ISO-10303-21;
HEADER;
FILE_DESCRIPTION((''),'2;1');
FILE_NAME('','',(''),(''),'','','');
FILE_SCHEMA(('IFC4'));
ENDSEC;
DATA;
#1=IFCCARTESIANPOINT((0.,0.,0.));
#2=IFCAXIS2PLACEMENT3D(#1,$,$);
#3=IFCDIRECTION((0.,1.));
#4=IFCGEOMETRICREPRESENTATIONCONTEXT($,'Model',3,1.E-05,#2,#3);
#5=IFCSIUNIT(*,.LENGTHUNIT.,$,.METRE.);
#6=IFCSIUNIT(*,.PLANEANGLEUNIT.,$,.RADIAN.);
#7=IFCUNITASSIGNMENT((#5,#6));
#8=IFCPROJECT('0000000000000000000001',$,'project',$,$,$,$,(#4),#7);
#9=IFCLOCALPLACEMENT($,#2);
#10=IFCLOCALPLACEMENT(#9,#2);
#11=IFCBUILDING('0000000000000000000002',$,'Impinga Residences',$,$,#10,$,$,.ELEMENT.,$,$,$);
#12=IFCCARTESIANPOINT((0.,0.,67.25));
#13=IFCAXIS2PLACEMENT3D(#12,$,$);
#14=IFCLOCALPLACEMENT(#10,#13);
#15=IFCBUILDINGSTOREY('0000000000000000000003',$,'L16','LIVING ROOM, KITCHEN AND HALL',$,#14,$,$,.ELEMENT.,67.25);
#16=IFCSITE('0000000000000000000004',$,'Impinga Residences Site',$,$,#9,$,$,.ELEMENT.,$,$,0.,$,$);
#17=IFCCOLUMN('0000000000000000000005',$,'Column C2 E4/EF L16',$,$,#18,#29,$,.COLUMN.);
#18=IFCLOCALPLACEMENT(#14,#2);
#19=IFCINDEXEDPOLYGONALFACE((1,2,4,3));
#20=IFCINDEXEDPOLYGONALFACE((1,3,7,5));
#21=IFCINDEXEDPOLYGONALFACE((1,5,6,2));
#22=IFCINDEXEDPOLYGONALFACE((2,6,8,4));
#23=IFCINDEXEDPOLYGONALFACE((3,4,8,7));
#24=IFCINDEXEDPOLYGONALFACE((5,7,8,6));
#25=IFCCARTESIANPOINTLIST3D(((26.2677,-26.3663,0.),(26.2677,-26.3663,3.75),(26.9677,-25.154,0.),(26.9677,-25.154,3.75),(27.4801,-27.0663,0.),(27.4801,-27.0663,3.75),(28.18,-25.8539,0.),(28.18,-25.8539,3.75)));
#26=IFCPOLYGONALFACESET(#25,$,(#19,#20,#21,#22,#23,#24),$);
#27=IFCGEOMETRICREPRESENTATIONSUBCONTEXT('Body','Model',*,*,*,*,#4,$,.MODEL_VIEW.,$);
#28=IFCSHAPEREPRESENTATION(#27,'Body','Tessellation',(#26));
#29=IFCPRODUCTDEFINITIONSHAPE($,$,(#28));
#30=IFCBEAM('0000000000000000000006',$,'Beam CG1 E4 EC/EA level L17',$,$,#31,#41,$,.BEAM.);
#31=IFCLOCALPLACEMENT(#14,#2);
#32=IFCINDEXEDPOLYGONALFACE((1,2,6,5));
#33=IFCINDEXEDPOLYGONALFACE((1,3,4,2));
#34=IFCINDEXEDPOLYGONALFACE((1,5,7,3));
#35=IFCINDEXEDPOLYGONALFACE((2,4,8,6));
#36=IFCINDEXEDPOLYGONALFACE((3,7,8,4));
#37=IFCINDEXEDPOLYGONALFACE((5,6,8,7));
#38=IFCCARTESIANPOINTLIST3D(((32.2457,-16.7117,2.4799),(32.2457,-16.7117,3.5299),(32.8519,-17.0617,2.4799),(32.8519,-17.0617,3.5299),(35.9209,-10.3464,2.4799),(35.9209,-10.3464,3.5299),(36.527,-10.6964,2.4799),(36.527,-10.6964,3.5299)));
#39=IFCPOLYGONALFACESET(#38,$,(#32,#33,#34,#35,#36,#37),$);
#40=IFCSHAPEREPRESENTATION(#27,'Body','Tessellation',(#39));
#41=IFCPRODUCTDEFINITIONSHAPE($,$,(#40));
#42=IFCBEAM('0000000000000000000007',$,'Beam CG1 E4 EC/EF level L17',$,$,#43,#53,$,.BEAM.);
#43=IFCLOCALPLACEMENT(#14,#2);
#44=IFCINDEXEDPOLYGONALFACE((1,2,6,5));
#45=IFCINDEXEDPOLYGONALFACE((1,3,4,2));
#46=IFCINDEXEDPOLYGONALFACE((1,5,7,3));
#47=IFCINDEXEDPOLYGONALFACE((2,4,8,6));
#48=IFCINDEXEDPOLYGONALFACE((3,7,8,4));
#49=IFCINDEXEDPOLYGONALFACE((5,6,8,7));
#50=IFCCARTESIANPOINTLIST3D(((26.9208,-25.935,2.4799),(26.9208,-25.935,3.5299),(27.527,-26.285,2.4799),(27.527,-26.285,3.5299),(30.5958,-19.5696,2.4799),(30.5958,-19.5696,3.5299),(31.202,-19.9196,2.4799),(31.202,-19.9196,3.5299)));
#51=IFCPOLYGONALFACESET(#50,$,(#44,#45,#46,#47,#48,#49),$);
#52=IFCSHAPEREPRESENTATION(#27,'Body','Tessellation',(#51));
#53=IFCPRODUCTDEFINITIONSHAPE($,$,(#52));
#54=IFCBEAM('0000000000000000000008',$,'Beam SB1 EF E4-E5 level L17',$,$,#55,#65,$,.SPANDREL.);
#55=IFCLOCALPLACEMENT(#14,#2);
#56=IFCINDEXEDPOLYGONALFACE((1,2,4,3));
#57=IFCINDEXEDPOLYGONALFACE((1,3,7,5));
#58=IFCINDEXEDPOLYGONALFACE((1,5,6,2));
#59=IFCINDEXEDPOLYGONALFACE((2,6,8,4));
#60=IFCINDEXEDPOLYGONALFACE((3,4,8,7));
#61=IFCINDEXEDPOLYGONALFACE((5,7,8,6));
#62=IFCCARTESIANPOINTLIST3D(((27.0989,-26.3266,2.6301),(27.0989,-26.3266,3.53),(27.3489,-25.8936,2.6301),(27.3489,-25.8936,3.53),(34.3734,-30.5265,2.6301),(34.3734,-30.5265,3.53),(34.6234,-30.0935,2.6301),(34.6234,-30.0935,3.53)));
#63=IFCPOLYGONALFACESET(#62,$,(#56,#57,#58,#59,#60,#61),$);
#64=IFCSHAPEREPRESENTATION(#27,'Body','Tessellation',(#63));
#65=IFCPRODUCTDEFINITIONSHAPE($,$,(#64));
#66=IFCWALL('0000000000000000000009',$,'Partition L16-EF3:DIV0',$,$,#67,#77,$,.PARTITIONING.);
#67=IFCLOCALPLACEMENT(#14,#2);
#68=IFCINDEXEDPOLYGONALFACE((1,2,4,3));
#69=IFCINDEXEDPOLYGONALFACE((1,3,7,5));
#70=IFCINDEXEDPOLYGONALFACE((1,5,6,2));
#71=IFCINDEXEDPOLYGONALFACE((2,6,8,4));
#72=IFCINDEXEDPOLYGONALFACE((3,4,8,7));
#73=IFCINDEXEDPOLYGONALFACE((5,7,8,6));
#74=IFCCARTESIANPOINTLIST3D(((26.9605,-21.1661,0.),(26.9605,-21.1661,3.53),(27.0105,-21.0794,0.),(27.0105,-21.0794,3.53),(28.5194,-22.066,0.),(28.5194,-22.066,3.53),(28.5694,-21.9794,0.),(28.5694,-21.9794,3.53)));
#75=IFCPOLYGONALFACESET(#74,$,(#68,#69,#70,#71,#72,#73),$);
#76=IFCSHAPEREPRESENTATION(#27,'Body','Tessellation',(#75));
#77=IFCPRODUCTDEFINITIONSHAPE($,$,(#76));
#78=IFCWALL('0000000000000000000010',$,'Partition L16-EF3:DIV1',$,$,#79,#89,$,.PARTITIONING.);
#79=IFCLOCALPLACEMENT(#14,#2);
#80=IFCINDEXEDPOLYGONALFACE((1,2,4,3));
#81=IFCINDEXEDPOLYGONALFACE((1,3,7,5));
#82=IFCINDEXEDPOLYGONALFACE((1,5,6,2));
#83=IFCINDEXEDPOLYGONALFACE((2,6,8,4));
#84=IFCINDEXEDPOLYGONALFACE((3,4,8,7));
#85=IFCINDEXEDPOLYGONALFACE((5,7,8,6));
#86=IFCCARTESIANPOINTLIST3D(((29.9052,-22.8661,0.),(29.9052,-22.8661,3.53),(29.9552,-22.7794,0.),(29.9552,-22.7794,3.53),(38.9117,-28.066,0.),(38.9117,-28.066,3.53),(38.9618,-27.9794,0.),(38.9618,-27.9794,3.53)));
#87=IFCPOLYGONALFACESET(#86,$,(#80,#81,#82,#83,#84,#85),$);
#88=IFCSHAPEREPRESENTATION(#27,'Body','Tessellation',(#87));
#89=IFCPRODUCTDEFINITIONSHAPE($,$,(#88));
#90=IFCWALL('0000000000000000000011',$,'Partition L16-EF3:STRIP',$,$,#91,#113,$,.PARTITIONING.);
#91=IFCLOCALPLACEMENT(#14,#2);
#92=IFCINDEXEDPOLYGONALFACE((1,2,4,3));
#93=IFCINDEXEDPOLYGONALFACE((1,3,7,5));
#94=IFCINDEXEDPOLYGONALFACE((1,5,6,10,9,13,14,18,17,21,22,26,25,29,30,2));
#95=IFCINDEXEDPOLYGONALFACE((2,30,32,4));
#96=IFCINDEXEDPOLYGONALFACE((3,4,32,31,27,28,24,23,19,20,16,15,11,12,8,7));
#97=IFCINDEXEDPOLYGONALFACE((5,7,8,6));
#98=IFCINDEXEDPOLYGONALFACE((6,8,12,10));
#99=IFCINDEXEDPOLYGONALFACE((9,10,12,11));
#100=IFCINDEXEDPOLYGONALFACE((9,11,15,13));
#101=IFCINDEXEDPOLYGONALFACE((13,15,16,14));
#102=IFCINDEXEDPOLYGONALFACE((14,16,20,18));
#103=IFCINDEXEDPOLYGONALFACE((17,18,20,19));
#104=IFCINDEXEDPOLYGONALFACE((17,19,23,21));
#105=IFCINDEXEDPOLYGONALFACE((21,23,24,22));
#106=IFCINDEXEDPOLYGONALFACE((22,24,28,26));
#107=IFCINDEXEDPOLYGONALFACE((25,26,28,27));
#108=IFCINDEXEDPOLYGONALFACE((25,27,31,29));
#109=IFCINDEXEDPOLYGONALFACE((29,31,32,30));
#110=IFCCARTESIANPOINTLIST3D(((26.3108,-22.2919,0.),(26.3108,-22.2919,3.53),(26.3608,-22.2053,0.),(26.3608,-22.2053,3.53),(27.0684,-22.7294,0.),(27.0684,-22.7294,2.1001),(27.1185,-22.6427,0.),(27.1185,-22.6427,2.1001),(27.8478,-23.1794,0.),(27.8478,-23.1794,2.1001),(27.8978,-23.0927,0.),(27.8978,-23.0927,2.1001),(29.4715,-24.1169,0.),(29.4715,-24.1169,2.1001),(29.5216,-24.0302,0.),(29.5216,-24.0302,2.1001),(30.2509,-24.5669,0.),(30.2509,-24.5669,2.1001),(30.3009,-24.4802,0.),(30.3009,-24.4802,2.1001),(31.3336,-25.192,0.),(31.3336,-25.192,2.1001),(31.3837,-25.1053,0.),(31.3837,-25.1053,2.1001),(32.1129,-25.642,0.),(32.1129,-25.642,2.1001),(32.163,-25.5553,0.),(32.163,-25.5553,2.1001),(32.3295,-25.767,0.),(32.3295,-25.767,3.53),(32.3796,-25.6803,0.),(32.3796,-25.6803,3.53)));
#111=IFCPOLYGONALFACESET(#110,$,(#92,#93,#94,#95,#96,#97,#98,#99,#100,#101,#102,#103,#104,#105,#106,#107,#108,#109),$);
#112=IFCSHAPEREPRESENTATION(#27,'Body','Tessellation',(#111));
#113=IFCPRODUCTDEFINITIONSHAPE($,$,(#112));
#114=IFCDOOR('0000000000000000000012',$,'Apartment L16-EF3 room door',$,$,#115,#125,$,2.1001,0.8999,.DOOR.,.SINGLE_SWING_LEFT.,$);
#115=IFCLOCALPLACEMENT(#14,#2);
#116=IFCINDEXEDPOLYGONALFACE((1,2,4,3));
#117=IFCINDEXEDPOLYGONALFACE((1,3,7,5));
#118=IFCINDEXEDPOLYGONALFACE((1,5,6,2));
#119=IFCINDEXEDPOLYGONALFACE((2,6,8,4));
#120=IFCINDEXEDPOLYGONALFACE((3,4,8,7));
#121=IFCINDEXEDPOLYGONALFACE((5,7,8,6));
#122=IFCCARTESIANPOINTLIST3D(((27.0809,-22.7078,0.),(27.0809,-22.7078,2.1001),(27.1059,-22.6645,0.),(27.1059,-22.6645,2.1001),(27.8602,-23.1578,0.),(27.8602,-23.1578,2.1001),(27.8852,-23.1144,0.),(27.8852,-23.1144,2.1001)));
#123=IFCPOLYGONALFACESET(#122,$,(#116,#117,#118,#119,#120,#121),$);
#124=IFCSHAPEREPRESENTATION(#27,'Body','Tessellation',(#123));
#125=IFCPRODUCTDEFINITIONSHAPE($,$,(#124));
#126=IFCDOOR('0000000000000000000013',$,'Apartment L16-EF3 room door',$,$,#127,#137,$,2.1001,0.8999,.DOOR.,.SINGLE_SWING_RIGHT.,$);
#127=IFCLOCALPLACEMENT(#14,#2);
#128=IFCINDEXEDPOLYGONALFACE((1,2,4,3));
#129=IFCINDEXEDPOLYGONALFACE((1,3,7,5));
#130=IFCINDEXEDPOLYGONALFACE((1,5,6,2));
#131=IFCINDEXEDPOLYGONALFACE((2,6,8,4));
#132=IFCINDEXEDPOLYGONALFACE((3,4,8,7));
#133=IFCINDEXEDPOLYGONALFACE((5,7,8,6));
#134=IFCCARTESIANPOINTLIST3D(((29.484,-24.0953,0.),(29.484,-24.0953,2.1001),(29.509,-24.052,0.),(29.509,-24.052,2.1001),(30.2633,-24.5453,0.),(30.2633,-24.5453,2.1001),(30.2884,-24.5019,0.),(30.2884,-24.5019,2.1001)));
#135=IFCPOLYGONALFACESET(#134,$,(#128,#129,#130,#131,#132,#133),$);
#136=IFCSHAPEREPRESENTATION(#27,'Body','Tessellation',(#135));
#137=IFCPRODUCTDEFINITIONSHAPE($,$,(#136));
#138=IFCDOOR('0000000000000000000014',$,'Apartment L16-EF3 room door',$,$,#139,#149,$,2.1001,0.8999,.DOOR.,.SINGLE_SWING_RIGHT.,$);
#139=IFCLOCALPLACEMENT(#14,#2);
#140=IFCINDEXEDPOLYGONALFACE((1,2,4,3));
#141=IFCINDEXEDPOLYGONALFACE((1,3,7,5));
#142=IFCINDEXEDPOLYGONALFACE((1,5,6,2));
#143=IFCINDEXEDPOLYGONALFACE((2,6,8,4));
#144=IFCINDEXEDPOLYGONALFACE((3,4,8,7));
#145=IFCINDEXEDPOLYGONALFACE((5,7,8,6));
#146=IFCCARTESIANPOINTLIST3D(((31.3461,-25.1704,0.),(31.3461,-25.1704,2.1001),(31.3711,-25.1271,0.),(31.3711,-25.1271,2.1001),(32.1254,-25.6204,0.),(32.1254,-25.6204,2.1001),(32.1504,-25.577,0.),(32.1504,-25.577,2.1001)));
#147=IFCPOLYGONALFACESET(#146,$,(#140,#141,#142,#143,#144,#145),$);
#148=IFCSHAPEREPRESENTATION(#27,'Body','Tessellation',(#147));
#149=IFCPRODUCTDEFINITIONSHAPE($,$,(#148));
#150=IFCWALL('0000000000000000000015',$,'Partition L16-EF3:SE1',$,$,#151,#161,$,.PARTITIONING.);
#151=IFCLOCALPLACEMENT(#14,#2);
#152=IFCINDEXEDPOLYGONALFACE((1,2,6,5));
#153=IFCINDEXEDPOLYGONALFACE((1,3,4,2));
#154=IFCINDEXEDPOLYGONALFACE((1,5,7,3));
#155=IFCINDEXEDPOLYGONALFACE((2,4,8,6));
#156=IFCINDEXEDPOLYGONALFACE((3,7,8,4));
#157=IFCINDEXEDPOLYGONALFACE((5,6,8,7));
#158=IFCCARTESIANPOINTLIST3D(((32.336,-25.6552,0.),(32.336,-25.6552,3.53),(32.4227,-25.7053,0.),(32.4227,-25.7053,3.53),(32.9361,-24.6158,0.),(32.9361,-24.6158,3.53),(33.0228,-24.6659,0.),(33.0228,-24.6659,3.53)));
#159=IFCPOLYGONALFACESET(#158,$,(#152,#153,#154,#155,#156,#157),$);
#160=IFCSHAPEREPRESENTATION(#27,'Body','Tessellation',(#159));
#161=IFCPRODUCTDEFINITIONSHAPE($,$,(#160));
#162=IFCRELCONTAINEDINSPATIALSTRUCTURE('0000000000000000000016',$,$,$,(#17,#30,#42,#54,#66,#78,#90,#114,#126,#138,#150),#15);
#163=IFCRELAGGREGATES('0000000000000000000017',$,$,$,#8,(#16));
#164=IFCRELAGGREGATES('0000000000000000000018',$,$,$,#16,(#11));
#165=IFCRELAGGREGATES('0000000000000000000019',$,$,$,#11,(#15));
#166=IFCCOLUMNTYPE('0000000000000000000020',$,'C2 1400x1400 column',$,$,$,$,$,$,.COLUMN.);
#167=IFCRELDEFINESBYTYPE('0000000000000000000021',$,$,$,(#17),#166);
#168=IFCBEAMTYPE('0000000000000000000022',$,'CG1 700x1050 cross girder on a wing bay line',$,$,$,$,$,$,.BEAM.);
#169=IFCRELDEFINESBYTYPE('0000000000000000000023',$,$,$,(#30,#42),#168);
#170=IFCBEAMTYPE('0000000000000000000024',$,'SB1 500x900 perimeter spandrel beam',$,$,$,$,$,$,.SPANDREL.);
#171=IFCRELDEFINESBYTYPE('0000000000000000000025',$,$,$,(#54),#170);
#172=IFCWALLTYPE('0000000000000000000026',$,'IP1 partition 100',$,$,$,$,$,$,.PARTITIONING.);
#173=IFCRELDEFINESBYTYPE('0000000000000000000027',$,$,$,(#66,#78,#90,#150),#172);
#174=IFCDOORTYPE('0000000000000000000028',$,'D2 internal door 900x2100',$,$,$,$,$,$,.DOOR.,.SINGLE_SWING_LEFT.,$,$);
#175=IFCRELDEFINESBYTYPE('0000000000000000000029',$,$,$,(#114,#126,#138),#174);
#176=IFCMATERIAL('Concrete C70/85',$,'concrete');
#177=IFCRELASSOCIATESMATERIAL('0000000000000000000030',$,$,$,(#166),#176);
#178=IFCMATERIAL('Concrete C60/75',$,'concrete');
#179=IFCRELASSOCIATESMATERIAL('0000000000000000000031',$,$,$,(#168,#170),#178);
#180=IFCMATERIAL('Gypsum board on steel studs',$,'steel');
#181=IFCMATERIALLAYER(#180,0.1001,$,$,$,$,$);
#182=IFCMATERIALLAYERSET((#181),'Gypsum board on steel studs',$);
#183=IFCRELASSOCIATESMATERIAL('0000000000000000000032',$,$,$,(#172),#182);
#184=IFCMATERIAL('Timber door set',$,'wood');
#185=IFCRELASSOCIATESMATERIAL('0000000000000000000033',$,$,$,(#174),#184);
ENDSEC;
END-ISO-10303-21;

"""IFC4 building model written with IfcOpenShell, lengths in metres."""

from ifc_helpers import new_model, si_unit, direction, frame, frame_2d, origin, origin_2d, place, context, subcontext, project, spatial, rectangle, extrude, material, layer, layer_set, material_profile, profile_set, type_object, element, fill, save


model = new_model("IFC4")

# Units and contexts
model_context = context("Model", 3, precision=1e-05, world=origin(), true_north=direction((0.0, 1.0)))
body_context = subcontext(model_context, "Body", "Model", "MODEL_VIEW")
ifc_project = project(units=[si_unit("LENGTHUNIT", "METRE"), si_unit("PLANEANGLEUNIT", "RADIAN")], contexts=[model_context])

# Site, building, storey
site_placement = place(None, origin())
site = spatial("IfcSite", under=ifc_project, at=site_placement, Name="Impinga Residences Site", CompositionType="ELEMENT", RefElevation=0.0)
building_placement = place(site_placement, origin())
building = spatial("IfcBuilding", under=site, at=building_placement, Name="Impinga Residences", CompositionType="ELEMENT")
storey_placement = place(building_placement, frame((0.0, 0.0, 67.25)))
storey = spatial("IfcBuildingStorey", under=building, at=storey_placement, Name="L16", Description="LIVING ROOM, KITCHEN AND HALL", CompositionType="ELEMENT", Elevation=67.25)

# Column
ifc_material_1 = material(Name="Concrete C70/85", Category="concrete")
ifc_material_profile_1 = material_profile(ifc_material_1, rectangle(XDim=1.3999, YDim=1.3999, at=origin_2d()), Name="RC 1400x1400")
ifc_profile_set_1 = profile_set([ifc_material_profile_1], Name="Concrete C70/85")
column_type = type_object("IfcColumnType", Name="C2 1400x1400 column", PredefinedType="COLUMN", material=ifc_profile_set_1)
column_placement = place(storey_placement, frame((27.2239, -26.1101, 0.0), z_axis=(0.0, 0.0, 1.0), x_axis=(-0.5, -0.866025, 0.0)))
element("IfcColumn", 1, at=column_placement, inside=storey, type_object=column_type, Name="Column C2 E4/EF L16", PredefinedType="COLUMN", context=body_context, shape_type="SweptSolid", body=[
    extrude(rectangle(XDim=1.3999, YDim=1.3999, at=origin_2d()), origin(), (0.0, 0.0, 1.0), 3.75),
])

# Beams
ifc_material_2 = material(Name="Concrete C60/75", Category="concrete")
ifc_material_profile_2 = material_profile(ifc_material_2, rectangle(XDim=0.7, YDim=1.05, at=origin_2d()), Name="RC 700x1050")
ifc_profile_set_2 = profile_set([ifc_material_profile_2], Name="Concrete C60/75")
beam_type_1 = type_object("IfcBeamType", Name="CG1 700x1050 cross girder on a wing bay line", PredefinedType="BEAM", material=ifc_profile_set_2)
for number, where, z_axis, x_axis, name in (
    (2, (32.5488, -16.8867, 3.0049), (0.500008, 0.866021, 0.0), (-0.866021, 0.500008, 0.0), "Beam CG1 E4 EC/EA level L17"),
    (3, (30.8989, -19.7446, 3.0049), (-0.499994, -0.866029, 0.0), (0.866029, -0.499994, 0.0), "Beam CG1 E4 EC/EF level L17"),
):
    element("IfcBeam", number, at=place(storey_placement, frame(where, z_axis=z_axis, x_axis=x_axis)), inside=storey, type_object=beam_type_1, Name=name, PredefinedType="BEAM", context=body_context, shape_type="SweptSolid", body=[
        extrude(rectangle(XDim=0.7, YDim=1.05, at=origin_2d()), origin(), (0.0, 0.0, 1.0), 7.3501),
    ])
ifc_material_profile_3 = material_profile(ifc_material_2, rectangle(XDim=0.5, YDim=0.8999, at=origin_2d()), Name="RC 500x900")
ifc_profile_set_3 = profile_set([ifc_material_profile_3], Name="Concrete C60/75")
beam_type_2 = type_object("IfcBeamType", Name="SB1 500x900 perimeter spandrel beam", PredefinedType="SPANDREL", material=ifc_profile_set_3)
beam_placement = place(storey_placement, frame((27.2239, -26.1101, 3.0801), z_axis=(0.866029, -0.499993, 0.0), x_axis=(0.499993, 0.866029, 0.0)))
element("IfcBeam", 4, at=beam_placement, inside=storey, type_object=beam_type_2, Name="Beam SB1 EF E4-E5 level L17", PredefinedType="SPANDREL", context=body_context, shape_type="SweptSolid", body=[
    extrude(rectangle(XDim=0.5, YDim=0.8999, at=origin_2d()), origin(), (0.0, 0.0, 1.0), 8.3999),
])

# Walls
ifc_material_3 = material(Name="Gypsum board on steel studs", Category="steel")
ifc_layer_1 = layer(ifc_material_3, 0.1001)
ifc_layer_set_1 = layer_set([ifc_layer_1], Name="Gypsum board on steel studs")
wall_type_1 = type_object("IfcWallType", Name="IP1 partition 100", PredefinedType="PARTITIONING", material=ifc_layer_set_1)
wall_1_placement = place(storey_placement, frame((26.9856, -21.1228, 0.0), z_axis=(0.0, 0.0, 1.0), x_axis=(0.866048, -0.499961, 0.0)))
element("IfcWall", 5, at=wall_1_placement, inside=storey, type_object=wall_type_1, Name="Partition L16-EF3:DIV0", PredefinedType="PARTITIONING", context=body_context, shape_type="SweptSolid", body=[
    extrude(rectangle(XDim=1.8, YDim=0.1001, at=frame_2d((0.8999, 0.0))), origin(), (0.0, 0.0, 1.0), 3.53),
])
wall_2_placement = place(storey_placement, frame((29.9302, -22.8228, 0.0), z_axis=(0.0, 0.0, 1.0), x_axis=(0.866026, -0.499999, 0.0)))
element("IfcWall", 6, at=wall_2_placement, inside=storey, type_object=wall_type_1, Name="Partition L16-EF3:DIV1", PredefinedType="PARTITIONING", context=body_context, shape_type="SweptSolid", body=[
    extrude(rectangle(XDim=10.3999, YDim=0.1001, at=frame_2d((5.2, 0.0))), origin(), (0.0, 0.0, 1.0), 3.53),
])

# Wall, openings, doors
wall_3_placement = place(storey_placement, frame((26.3357, -22.2485, 0.0), z_axis=(0.0, 0.0, 1.0), x_axis=(0.866017, -0.500015, 0.0)))
wall_3 = element("IfcWall", 7, at=wall_3_placement, inside=storey, type_object=wall_type_1, Name="Partition L16-EF3:STRIP", PredefinedType="PARTITIONING", context=body_context, shape_type="SweptSolid", body=[
    extrude(rectangle(XDim=6.95, YDim=0.1001, at=frame_2d((3.4751, 0.0))), origin(), (0.0, 0.0, 1.0), 3.53),
])
opening_1_placement = place(wall_3_placement, frame((0.875, 0.0, 0.0)))
opening_1 = element("IfcOpeningElement", 8, at=opening_1_placement, cuts=wall_3, PredefinedType="OPENING", context=body_context, shape_type="SweptSolid", body=[
    extrude(rectangle(XDim=0.8999, YDim=2.1001, at=frame_2d((0.45, 1.05))), frame((0.0, 0.0601, 0.0), z_axis=(0.0, -1.0, 0.0), x_axis=(1.0, 0.0, 0.0)), (0.0, 0.0, 1.0), 0.1201),
])
opening_2_placement = place(wall_3_placement, frame((3.6499, 0.0, 0.0)))
opening_2 = element("IfcOpeningElement", 9, at=opening_2_placement, cuts=wall_3, PredefinedType="OPENING", context=body_context, shape_type="SweptSolid", body=[
    extrude(rectangle(XDim=0.8999, YDim=2.1001, at=frame_2d((0.45, 1.05))), frame((0.0, 0.0601, 0.0), z_axis=(0.0, -1.0, 0.0), x_axis=(1.0, 0.0, 0.0)), (0.0, 0.0, 1.0), 0.1201),
])
opening_3_placement = place(wall_3_placement, frame((5.8, 0.0, 0.0)))
opening_3 = element("IfcOpeningElement", 10, at=opening_3_placement, cuts=wall_3, PredefinedType="OPENING", context=body_context, shape_type="SweptSolid", body=[
    extrude(rectangle(XDim=0.8999, YDim=2.1001, at=frame_2d((0.45, 1.05))), frame((0.0, 0.0601, 0.0), z_axis=(0.0, -1.0, 0.0), x_axis=(1.0, 0.0, 0.0)), (0.0, 0.0, 1.0), 0.1201),
])
ifc_material_4 = material(Name="Timber door set", Category="wood")
door_type = type_object("IfcDoorType", Name="D2 internal door 900x2100", OperationType="SINGLE_SWING_LEFT", PredefinedType="DOOR", material=ifc_material_4)
door_1_placement = place(opening_1_placement, origin())
door_1 = element("IfcDoor", 11, at=door_1_placement, inside=storey, type_object=door_type, Name="Apartment L16-EF3 room door", OperationType="SINGLE_SWING_LEFT", OverallHeight=2.1001, OverallWidth=0.8999, PredefinedType="DOOR", context=body_context, shape_type="SweptSolid", body=[
    extrude(rectangle(XDim=0.8999, YDim=2.1001, at=frame_2d((0.45, 1.05))), frame((0.0, 0.0249, 0.0), z_axis=(0.0, -1.0, 0.0), x_axis=(1.0, 0.0, 0.0)), (0.0, 0.0, 1.0), 0.05),
])
fill(opening_1, door_1)
door_2_placement = place(opening_2_placement, origin())
door_2 = element("IfcDoor", 12, at=door_2_placement, inside=storey, type_object=door_type, Name="Apartment L16-EF3 room door", OperationType="SINGLE_SWING_RIGHT", OverallHeight=2.1001, OverallWidth=0.8999, PredefinedType="DOOR", context=body_context, shape_type="SweptSolid", body=[
    extrude(rectangle(XDim=0.8999, YDim=2.1001, at=frame_2d((0.45, 1.05))), frame((0.0, 0.0249, 0.0), z_axis=(0.0, -1.0, 0.0), x_axis=(1.0, 0.0, 0.0)), (0.0, 0.0, 1.0), 0.05),
])
fill(opening_2, door_2)
door_3_placement = place(opening_3_placement, origin())
door_3 = element("IfcDoor", 13, at=door_3_placement, inside=storey, type_object=door_type, Name="Apartment L16-EF3 room door", OperationType="SINGLE_SWING_RIGHT", OverallHeight=2.1001, OverallWidth=0.8999, PredefinedType="DOOR", context=body_context, shape_type="SweptSolid", body=[
    extrude(rectangle(XDim=0.8999, YDim=2.1001, at=frame_2d((0.45, 1.05))), frame((0.0, 0.0249, 0.0), z_axis=(0.0, -1.0, 0.0), x_axis=(1.0, 0.0, 0.0)), (0.0, 0.0, 1.0), 0.05),
])
fill(opening_3, door_3)

# Wall
wall_4_placement = place(storey_placement, frame((32.9795, -24.6409, 0.0), z_axis=(0.0, 0.0, 1.0), x_axis=(-0.500034, -0.866006, 0.0)))
element("IfcWall", 14, at=wall_4_placement, inside=storey, type_object=wall_type_1, Name="Partition L16-EF3:SE1", PredefinedType="PARTITIONING", context=body_context, shape_type="SweptSolid", body=[
    extrude(rectangle(XDim=1.2002, YDim=0.1001, at=frame_2d((0.6001, 0.0))), origin(), (0.0, 0.0, 1.0), 3.53),
])

save(model, "model.ifc")
